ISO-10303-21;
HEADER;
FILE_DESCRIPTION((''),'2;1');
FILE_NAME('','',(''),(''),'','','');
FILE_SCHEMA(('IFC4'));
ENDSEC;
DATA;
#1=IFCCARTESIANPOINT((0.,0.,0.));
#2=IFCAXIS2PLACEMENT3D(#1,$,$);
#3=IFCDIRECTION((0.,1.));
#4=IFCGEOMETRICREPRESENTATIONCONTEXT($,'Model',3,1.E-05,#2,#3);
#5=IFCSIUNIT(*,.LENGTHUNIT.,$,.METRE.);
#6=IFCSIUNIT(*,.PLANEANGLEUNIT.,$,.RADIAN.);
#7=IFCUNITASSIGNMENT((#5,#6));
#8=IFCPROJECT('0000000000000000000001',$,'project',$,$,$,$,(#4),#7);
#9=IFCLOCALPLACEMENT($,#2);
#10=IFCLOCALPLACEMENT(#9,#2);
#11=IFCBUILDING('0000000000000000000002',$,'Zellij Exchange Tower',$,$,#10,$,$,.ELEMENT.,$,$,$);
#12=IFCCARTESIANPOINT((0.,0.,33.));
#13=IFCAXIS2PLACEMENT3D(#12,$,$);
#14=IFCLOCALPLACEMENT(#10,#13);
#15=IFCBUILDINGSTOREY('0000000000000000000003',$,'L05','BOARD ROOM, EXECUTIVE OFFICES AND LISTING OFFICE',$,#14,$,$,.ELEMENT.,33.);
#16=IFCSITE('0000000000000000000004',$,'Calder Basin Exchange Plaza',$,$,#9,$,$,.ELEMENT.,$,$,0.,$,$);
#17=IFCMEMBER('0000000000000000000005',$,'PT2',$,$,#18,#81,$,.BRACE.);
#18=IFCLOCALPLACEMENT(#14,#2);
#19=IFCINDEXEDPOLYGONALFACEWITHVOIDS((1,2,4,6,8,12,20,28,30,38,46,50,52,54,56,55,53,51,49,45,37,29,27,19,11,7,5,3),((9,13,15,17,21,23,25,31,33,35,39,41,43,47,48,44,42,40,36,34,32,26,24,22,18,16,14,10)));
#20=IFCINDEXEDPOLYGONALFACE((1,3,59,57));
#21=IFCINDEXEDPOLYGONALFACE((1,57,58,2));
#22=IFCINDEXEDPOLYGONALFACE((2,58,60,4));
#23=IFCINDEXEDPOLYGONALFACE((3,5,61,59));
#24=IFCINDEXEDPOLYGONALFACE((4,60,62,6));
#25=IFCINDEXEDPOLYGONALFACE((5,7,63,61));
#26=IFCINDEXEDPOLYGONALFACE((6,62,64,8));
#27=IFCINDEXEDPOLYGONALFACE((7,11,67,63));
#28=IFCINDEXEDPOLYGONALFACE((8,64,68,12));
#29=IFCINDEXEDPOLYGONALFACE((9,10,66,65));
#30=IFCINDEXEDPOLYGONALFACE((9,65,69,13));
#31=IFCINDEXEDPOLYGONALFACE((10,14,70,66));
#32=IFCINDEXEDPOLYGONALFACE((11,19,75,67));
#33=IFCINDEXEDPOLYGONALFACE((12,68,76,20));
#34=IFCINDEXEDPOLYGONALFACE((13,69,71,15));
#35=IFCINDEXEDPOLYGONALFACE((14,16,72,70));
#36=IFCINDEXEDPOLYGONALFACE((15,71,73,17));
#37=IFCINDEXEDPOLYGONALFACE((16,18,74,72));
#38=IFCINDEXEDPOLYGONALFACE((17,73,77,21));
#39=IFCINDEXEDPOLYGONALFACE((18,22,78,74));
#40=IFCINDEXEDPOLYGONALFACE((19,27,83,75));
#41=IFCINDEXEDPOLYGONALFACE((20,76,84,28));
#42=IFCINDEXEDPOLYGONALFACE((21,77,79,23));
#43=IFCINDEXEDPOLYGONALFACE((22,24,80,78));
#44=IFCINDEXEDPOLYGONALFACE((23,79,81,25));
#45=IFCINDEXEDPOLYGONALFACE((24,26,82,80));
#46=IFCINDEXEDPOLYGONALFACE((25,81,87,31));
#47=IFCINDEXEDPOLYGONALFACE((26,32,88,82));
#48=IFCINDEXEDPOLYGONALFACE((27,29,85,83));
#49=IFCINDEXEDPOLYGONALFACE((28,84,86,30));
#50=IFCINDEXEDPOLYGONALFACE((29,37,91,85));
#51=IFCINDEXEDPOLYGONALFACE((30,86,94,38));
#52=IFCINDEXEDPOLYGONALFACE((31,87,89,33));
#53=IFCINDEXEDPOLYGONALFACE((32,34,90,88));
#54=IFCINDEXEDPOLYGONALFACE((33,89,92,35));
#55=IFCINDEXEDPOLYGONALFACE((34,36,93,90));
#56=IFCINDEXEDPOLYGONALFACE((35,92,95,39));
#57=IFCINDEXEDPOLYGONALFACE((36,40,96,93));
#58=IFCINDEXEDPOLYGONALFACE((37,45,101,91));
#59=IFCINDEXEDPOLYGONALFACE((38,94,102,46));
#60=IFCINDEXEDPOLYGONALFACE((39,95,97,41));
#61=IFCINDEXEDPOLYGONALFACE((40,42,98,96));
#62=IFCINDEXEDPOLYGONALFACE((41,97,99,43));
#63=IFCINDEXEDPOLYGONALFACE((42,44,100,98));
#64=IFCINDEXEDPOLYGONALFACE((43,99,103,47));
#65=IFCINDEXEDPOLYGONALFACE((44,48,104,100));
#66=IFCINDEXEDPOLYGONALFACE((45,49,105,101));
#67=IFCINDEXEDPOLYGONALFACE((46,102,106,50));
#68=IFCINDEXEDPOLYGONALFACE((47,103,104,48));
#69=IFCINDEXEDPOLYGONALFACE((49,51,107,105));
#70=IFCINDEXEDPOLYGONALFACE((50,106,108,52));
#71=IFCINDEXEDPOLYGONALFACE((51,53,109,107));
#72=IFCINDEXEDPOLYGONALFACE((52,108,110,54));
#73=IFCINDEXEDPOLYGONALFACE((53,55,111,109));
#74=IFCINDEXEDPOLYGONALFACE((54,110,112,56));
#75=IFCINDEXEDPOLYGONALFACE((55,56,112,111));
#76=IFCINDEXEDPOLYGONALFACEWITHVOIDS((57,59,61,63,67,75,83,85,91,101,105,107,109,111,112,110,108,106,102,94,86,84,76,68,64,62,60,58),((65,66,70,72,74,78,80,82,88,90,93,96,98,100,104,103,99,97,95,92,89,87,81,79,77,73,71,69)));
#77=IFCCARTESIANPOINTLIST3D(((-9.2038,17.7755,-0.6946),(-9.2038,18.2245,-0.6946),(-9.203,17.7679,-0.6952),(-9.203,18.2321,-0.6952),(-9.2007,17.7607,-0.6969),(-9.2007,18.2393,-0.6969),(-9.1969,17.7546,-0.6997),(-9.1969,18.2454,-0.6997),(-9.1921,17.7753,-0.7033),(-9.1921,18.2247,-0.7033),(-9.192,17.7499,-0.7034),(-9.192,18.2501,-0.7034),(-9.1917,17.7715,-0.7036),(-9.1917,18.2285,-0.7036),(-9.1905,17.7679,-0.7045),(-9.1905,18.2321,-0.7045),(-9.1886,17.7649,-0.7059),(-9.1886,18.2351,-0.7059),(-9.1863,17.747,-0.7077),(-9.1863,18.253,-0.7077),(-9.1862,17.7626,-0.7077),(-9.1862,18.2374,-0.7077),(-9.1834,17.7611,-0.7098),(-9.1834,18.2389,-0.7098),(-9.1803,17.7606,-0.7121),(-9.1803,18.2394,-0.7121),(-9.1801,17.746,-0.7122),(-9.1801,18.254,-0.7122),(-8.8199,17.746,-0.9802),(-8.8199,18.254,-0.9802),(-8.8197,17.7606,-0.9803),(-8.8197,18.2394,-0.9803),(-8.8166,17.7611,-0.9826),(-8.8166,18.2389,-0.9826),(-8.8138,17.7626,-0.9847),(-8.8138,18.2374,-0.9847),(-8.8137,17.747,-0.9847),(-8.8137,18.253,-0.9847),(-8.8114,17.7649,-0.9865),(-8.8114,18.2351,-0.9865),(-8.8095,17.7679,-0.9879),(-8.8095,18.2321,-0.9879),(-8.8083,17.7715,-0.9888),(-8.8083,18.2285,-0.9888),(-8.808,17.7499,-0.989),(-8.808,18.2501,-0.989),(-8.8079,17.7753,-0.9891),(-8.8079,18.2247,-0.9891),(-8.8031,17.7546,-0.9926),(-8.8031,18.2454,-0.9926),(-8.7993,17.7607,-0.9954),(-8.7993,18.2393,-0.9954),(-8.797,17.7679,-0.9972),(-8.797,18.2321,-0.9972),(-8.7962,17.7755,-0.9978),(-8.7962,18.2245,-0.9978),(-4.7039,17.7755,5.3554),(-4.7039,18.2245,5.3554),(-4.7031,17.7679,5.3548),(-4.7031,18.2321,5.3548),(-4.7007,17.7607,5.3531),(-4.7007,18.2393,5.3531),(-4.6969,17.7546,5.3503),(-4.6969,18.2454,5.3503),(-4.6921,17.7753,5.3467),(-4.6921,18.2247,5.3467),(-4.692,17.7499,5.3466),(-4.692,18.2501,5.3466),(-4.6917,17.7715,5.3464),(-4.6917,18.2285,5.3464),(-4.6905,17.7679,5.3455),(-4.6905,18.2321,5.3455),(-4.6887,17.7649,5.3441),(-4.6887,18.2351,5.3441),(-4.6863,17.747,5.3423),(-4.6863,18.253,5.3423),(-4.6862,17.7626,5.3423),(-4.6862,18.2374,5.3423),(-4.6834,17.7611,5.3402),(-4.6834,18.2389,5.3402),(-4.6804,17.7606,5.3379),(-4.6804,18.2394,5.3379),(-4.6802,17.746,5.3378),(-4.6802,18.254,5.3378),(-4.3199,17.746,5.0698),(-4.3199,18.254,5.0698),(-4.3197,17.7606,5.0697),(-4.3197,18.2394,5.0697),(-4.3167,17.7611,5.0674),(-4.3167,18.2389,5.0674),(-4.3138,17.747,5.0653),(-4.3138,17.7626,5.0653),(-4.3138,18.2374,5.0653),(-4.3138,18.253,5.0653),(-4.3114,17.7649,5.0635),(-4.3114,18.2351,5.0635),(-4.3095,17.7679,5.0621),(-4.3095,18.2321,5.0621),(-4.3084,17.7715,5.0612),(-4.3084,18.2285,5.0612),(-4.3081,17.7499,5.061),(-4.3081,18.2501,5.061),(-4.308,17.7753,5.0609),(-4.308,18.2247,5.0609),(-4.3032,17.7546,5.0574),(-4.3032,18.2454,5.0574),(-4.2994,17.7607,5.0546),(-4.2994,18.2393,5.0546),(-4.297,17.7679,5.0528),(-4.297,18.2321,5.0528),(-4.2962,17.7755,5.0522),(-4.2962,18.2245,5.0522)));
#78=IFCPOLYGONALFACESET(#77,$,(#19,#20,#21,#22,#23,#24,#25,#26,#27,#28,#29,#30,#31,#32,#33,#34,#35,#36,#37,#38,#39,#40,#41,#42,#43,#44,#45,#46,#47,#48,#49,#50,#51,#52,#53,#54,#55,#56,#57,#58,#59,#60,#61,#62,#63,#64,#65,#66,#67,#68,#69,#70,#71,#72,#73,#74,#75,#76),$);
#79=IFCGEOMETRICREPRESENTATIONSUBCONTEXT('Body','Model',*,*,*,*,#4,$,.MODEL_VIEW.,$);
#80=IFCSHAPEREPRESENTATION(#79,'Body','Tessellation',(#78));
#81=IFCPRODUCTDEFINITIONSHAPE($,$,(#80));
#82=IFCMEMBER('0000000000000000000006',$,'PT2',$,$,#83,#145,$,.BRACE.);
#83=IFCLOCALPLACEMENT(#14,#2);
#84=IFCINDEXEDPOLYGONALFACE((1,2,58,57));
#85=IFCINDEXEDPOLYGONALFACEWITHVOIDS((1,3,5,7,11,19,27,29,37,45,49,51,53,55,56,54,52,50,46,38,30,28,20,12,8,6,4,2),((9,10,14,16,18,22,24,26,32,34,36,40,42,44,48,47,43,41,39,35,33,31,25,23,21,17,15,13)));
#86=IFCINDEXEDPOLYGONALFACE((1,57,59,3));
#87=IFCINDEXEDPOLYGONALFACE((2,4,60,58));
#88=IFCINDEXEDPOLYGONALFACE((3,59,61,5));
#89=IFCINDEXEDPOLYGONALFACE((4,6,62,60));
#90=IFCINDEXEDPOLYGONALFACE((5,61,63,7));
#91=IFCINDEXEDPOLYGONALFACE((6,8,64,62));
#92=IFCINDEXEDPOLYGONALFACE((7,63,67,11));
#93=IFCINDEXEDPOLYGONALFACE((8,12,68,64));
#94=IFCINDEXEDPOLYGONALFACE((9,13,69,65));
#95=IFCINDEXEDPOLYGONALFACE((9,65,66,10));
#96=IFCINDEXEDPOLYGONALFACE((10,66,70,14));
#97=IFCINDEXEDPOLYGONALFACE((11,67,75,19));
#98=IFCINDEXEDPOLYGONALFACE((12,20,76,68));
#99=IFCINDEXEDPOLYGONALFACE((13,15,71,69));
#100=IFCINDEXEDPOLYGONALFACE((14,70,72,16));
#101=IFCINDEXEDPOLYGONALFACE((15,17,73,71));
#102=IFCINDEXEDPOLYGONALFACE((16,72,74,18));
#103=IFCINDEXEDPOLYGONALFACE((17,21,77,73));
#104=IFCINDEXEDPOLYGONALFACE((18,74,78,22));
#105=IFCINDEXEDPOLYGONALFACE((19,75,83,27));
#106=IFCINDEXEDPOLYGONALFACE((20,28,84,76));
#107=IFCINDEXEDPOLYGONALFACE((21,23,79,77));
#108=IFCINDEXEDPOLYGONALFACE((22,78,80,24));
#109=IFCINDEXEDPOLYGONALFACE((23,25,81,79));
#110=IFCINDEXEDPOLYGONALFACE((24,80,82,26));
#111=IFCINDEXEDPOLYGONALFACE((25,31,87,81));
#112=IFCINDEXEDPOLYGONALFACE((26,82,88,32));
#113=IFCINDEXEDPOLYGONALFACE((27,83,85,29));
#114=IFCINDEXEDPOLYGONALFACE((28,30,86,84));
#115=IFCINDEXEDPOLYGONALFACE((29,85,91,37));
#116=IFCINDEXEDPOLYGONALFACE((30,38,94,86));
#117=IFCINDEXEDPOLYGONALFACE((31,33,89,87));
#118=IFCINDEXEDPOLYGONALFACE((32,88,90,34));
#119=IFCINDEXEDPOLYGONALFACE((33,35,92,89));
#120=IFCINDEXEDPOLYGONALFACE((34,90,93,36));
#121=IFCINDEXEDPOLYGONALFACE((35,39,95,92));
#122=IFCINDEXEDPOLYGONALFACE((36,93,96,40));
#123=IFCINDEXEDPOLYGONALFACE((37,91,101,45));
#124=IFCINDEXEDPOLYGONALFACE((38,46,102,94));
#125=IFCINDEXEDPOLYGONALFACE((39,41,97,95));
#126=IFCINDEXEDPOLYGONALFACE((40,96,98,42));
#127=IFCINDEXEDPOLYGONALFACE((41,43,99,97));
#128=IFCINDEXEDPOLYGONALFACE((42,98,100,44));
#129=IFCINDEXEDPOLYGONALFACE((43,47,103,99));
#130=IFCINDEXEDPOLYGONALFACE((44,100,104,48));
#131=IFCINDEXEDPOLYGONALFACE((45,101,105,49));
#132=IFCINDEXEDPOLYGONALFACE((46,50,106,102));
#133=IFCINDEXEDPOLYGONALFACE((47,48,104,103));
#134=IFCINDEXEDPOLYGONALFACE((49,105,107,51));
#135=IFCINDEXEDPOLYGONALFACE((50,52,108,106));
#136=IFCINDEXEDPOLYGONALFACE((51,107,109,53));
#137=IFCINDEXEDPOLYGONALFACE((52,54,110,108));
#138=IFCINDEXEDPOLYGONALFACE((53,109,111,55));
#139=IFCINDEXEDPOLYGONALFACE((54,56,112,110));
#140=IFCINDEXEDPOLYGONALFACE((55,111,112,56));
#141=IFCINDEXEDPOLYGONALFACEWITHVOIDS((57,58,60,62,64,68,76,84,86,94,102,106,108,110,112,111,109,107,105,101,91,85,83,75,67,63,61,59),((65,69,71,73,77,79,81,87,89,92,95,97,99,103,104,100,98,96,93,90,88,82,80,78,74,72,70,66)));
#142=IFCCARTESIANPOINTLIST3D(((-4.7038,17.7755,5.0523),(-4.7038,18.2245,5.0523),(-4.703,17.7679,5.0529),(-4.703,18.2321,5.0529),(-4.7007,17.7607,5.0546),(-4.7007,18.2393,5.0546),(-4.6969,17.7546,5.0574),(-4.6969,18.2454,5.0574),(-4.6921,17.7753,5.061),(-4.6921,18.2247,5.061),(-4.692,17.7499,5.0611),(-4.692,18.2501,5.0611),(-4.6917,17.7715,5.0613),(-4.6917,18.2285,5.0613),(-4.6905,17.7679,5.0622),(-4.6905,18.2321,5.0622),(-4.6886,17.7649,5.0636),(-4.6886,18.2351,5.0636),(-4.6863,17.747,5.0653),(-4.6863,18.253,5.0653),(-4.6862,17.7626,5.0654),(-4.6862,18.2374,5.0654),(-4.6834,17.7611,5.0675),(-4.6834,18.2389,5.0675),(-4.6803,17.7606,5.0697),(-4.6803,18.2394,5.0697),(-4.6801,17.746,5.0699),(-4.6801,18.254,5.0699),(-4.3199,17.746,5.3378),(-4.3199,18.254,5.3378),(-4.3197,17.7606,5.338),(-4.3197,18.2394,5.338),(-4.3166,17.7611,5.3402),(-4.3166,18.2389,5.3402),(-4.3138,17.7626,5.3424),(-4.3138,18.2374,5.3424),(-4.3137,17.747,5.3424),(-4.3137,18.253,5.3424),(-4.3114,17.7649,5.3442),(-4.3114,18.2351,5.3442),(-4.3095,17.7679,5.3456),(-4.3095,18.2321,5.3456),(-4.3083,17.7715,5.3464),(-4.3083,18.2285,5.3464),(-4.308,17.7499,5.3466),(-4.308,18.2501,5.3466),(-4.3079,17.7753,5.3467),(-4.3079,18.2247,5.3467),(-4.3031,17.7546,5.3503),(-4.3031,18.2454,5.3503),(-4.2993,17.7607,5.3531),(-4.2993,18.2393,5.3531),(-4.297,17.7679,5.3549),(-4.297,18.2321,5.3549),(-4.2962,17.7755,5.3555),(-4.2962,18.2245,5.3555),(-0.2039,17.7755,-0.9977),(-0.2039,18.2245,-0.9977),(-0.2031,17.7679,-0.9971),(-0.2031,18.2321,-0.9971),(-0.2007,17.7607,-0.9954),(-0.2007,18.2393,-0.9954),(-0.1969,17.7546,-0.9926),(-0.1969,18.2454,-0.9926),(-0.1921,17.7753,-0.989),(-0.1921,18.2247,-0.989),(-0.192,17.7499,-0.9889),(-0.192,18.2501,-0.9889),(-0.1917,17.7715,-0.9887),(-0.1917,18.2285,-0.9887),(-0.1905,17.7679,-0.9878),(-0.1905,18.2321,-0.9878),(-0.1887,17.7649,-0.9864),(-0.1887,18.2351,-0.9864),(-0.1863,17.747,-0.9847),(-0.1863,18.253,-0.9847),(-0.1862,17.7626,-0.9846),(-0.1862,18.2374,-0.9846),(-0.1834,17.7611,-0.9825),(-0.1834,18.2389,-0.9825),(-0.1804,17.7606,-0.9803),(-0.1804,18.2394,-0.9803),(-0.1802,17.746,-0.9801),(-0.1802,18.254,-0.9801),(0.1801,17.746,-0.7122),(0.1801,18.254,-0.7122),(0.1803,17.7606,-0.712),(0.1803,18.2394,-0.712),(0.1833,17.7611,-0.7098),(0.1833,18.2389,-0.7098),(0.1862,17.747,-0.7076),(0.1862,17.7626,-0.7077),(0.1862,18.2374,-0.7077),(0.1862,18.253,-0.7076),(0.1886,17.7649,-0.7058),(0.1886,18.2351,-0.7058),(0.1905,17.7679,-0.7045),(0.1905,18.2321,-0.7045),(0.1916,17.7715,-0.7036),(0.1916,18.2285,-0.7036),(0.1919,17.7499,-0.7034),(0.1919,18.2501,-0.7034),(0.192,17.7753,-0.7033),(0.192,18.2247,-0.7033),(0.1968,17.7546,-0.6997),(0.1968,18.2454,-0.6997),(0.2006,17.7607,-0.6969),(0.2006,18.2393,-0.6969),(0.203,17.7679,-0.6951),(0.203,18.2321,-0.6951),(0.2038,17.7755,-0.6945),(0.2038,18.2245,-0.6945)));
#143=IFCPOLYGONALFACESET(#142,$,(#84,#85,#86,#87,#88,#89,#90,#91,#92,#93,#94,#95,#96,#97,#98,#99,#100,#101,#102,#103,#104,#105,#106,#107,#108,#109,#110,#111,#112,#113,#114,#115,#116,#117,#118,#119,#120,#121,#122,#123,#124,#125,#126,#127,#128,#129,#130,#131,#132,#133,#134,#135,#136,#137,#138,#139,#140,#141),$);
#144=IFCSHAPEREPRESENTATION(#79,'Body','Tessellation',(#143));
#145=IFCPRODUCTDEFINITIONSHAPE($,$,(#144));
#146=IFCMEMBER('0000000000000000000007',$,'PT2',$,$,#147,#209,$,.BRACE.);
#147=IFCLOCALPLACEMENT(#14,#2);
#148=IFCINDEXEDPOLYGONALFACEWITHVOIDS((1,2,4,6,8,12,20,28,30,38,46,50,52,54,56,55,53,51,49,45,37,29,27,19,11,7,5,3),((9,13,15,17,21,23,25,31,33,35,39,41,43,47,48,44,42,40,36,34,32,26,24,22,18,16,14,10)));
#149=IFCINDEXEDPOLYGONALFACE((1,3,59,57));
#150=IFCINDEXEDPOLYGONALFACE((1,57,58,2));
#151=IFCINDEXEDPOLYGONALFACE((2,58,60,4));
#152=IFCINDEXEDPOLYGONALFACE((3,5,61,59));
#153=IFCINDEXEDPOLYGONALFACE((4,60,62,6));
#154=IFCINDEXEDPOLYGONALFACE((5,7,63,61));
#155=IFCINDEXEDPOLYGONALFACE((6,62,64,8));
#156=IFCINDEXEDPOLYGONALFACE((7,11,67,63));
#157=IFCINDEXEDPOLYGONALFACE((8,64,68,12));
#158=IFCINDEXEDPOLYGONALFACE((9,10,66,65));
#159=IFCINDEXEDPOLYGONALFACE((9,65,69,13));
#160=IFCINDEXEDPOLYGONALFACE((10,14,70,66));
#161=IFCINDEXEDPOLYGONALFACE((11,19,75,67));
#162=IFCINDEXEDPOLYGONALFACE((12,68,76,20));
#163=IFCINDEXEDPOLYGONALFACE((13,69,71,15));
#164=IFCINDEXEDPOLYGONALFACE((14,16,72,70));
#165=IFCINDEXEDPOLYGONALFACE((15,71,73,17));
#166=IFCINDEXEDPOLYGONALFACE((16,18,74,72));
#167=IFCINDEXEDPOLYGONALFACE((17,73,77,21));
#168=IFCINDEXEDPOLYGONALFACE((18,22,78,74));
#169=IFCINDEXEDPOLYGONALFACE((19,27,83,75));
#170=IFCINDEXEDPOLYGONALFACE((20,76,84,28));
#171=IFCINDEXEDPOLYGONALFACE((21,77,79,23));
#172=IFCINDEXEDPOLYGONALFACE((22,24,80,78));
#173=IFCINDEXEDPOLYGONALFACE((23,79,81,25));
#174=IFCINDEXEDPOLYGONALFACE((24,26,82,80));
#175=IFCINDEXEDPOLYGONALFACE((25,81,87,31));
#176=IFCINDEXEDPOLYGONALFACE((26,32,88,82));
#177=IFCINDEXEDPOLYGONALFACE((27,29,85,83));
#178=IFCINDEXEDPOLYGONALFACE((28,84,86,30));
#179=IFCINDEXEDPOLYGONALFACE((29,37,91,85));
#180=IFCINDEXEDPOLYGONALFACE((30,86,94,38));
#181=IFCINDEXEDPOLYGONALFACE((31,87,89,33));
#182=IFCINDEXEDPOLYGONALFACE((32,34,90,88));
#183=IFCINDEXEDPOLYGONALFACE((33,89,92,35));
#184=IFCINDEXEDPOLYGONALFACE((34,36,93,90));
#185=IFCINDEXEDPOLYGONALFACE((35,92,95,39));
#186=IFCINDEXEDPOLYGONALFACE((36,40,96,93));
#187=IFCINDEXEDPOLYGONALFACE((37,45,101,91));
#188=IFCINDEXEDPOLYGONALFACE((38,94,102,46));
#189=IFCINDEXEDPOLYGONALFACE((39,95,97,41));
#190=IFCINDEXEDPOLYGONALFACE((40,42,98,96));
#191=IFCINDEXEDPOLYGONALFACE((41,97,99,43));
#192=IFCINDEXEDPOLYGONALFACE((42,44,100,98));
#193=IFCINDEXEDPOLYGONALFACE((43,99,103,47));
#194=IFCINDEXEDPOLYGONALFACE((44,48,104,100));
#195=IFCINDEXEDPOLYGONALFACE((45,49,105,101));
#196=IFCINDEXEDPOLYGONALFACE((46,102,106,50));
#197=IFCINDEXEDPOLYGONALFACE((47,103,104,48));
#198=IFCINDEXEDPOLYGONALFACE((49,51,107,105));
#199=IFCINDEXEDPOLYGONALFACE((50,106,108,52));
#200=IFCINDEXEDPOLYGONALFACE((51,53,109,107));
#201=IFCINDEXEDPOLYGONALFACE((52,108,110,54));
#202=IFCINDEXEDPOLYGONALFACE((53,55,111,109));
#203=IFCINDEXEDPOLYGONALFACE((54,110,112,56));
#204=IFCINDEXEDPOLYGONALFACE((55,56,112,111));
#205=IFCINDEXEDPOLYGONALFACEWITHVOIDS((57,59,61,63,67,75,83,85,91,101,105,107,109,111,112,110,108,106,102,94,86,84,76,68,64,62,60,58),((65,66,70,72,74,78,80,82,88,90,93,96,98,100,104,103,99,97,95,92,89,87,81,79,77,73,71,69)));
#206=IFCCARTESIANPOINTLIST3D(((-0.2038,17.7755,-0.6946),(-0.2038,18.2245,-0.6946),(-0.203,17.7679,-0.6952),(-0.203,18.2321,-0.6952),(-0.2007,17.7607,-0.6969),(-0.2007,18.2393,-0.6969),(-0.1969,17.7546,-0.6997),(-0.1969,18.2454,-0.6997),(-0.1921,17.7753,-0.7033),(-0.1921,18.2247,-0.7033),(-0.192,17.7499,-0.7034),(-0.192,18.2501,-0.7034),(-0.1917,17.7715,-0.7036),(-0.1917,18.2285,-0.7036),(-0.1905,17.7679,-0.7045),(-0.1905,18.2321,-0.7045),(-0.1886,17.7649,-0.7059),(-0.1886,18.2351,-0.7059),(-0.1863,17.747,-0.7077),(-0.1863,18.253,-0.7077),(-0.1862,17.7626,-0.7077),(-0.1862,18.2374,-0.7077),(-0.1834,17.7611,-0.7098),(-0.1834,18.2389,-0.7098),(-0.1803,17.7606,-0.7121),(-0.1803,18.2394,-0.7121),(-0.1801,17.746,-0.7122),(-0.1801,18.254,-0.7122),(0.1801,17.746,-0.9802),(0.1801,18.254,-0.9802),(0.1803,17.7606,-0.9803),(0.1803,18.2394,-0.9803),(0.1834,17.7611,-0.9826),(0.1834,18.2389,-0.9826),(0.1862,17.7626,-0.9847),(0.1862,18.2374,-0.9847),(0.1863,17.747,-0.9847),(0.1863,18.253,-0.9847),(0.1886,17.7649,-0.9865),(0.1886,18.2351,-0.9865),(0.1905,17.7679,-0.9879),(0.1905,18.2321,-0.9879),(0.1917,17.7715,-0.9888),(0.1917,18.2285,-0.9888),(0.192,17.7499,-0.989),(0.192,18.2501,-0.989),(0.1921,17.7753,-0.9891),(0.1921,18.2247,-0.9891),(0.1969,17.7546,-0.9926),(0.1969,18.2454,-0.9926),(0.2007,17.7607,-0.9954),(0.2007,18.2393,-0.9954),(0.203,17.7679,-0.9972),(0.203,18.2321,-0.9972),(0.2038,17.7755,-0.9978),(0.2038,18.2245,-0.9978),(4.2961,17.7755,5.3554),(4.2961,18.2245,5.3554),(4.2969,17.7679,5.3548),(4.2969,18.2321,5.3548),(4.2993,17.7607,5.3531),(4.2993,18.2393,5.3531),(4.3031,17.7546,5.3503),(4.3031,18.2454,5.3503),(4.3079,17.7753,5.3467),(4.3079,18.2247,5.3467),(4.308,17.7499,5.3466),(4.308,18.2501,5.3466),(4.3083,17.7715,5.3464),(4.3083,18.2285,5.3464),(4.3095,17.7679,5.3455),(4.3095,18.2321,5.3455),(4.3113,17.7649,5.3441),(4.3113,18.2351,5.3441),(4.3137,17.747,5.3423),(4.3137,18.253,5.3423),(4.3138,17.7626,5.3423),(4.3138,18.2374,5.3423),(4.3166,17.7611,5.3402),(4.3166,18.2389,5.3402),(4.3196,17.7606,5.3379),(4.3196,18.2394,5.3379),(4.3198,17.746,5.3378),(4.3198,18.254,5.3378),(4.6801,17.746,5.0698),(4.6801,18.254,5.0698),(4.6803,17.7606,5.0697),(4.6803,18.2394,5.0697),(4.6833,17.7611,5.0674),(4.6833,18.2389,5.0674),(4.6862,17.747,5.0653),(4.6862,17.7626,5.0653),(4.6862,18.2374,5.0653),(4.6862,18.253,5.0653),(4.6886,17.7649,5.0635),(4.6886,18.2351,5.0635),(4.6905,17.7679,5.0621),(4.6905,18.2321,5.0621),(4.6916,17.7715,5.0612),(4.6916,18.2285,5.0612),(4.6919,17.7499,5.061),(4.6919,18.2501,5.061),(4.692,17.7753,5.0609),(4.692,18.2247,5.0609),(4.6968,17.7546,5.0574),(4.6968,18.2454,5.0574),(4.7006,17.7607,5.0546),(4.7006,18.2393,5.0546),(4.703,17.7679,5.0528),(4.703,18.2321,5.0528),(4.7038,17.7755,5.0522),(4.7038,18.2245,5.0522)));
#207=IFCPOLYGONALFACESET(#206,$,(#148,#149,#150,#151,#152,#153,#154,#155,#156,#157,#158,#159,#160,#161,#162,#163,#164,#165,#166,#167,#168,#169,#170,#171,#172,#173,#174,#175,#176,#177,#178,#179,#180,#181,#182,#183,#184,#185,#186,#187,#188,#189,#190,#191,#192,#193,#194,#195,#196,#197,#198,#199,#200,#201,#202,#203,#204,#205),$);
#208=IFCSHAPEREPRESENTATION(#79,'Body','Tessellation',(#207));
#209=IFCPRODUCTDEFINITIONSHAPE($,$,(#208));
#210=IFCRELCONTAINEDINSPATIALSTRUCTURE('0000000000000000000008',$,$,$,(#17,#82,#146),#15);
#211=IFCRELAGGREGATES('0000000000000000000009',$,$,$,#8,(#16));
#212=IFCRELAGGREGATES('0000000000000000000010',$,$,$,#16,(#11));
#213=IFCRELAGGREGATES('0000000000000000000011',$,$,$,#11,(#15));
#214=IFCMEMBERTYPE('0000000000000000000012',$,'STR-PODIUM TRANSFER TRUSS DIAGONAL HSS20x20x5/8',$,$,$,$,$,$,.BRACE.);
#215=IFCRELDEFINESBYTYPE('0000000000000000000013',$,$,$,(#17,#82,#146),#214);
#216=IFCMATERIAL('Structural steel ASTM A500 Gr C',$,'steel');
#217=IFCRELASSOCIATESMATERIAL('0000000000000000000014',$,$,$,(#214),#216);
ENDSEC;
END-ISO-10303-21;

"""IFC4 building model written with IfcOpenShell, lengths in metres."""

from ifc_helpers import new_model, si_unit, direction, frame, origin, origin_2d, place, context, subcontext, project, spatial, hollow_rectangle, extrude, material, material_profile, profile_set, type_object, element, save


model = new_model("IFC4")

# Units and contexts
model_context = context("Model", 3, precision=1e-05, world=origin(), true_north=direction((0.0, 1.0)))
body_context = subcontext(model_context, "Body", "Model", "MODEL_VIEW")
ifc_project = project(units=[si_unit("LENGTHUNIT", "METRE"), si_unit("PLANEANGLEUNIT", "RADIAN")], contexts=[model_context])

# Site, building, storey
site_placement = place(None, origin())
site = spatial("IfcSite", under=ifc_project, at=site_placement, Name="Calder Basin Exchange Plaza", CompositionType="ELEMENT", RefElevation=0.0)
building_placement = place(site_placement, origin())
building = spatial("IfcBuilding", under=site, at=building_placement, Name="Zellij Exchange Tower", CompositionType="ELEMENT")
storey_placement = place(building_placement, frame((0.0, 0.0, 33.0)))
storey = spatial("IfcBuildingStorey", under=building, at=storey_placement, Name="L05", Description="BOARD ROOM, EXECUTIVE OFFICES AND LISTING OFFICE", CompositionType="ELEMENT", Elevation=33.0)

# Members
ifc_material_1 = material(Name="Structural steel ASTM A500 Gr C", Category="steel")
ifc_material_profile_1 = material_profile(ifc_material_1, hollow_rectangle(XDim=0.5081, YDim=0.5081, WallThickness=0.0146, InnerFilletRadius=0.0146, OuterFilletRadius=0.0295, at=origin_2d()), Name="STR-PODIUM TRANSFER TRUSS DIAGONAL HSS20x20x5/8")
ifc_profile_set_1 = profile_set([ifc_material_profile_1], Name="Structural steel ASTM A500 Gr C")
member_type_1 = type_object("IfcMemberType", Name="STR-PODIUM TRANSFER TRUSS DIAGONAL HSS20x20x5/8", PredefinedType="BRACE", material=ifc_profile_set_1)
for number, where, z_axis, x_axis, name in (
    (1, (-9.0, 18.0, -0.8462), (0.596809, 0.0, 0.802383), (0.0, 1.0, 0.0), "PT2"),
    (2, (-4.5, 18.0, 5.2039), (0.596809, 0.0, -0.802383), (0.0, 1.0, 0.0), "PT2"),
    (3, (0.0, 18.0, -0.8462), (0.596809, 0.0, 0.802383), (0.0, 1.0, 0.0), "PT2"),
):
    element("IfcMember", number, at=place(storey_placement, frame(where, z_axis=z_axis, x_axis=x_axis)), inside=storey, type_object=member_type_1, Name=name, PredefinedType="BRACE", context=body_context, shape_type="SweptSolid", body=[
        extrude(hollow_rectangle(XDim=0.5081, YDim=0.5081, WallThickness=0.0146, InnerFilletRadius=0.0146, OuterFilletRadius=0.0295, at=origin_2d()), origin(), (0.0, 0.0, 1.0), 7.54),
    ])

save(model, "model.ifc")
